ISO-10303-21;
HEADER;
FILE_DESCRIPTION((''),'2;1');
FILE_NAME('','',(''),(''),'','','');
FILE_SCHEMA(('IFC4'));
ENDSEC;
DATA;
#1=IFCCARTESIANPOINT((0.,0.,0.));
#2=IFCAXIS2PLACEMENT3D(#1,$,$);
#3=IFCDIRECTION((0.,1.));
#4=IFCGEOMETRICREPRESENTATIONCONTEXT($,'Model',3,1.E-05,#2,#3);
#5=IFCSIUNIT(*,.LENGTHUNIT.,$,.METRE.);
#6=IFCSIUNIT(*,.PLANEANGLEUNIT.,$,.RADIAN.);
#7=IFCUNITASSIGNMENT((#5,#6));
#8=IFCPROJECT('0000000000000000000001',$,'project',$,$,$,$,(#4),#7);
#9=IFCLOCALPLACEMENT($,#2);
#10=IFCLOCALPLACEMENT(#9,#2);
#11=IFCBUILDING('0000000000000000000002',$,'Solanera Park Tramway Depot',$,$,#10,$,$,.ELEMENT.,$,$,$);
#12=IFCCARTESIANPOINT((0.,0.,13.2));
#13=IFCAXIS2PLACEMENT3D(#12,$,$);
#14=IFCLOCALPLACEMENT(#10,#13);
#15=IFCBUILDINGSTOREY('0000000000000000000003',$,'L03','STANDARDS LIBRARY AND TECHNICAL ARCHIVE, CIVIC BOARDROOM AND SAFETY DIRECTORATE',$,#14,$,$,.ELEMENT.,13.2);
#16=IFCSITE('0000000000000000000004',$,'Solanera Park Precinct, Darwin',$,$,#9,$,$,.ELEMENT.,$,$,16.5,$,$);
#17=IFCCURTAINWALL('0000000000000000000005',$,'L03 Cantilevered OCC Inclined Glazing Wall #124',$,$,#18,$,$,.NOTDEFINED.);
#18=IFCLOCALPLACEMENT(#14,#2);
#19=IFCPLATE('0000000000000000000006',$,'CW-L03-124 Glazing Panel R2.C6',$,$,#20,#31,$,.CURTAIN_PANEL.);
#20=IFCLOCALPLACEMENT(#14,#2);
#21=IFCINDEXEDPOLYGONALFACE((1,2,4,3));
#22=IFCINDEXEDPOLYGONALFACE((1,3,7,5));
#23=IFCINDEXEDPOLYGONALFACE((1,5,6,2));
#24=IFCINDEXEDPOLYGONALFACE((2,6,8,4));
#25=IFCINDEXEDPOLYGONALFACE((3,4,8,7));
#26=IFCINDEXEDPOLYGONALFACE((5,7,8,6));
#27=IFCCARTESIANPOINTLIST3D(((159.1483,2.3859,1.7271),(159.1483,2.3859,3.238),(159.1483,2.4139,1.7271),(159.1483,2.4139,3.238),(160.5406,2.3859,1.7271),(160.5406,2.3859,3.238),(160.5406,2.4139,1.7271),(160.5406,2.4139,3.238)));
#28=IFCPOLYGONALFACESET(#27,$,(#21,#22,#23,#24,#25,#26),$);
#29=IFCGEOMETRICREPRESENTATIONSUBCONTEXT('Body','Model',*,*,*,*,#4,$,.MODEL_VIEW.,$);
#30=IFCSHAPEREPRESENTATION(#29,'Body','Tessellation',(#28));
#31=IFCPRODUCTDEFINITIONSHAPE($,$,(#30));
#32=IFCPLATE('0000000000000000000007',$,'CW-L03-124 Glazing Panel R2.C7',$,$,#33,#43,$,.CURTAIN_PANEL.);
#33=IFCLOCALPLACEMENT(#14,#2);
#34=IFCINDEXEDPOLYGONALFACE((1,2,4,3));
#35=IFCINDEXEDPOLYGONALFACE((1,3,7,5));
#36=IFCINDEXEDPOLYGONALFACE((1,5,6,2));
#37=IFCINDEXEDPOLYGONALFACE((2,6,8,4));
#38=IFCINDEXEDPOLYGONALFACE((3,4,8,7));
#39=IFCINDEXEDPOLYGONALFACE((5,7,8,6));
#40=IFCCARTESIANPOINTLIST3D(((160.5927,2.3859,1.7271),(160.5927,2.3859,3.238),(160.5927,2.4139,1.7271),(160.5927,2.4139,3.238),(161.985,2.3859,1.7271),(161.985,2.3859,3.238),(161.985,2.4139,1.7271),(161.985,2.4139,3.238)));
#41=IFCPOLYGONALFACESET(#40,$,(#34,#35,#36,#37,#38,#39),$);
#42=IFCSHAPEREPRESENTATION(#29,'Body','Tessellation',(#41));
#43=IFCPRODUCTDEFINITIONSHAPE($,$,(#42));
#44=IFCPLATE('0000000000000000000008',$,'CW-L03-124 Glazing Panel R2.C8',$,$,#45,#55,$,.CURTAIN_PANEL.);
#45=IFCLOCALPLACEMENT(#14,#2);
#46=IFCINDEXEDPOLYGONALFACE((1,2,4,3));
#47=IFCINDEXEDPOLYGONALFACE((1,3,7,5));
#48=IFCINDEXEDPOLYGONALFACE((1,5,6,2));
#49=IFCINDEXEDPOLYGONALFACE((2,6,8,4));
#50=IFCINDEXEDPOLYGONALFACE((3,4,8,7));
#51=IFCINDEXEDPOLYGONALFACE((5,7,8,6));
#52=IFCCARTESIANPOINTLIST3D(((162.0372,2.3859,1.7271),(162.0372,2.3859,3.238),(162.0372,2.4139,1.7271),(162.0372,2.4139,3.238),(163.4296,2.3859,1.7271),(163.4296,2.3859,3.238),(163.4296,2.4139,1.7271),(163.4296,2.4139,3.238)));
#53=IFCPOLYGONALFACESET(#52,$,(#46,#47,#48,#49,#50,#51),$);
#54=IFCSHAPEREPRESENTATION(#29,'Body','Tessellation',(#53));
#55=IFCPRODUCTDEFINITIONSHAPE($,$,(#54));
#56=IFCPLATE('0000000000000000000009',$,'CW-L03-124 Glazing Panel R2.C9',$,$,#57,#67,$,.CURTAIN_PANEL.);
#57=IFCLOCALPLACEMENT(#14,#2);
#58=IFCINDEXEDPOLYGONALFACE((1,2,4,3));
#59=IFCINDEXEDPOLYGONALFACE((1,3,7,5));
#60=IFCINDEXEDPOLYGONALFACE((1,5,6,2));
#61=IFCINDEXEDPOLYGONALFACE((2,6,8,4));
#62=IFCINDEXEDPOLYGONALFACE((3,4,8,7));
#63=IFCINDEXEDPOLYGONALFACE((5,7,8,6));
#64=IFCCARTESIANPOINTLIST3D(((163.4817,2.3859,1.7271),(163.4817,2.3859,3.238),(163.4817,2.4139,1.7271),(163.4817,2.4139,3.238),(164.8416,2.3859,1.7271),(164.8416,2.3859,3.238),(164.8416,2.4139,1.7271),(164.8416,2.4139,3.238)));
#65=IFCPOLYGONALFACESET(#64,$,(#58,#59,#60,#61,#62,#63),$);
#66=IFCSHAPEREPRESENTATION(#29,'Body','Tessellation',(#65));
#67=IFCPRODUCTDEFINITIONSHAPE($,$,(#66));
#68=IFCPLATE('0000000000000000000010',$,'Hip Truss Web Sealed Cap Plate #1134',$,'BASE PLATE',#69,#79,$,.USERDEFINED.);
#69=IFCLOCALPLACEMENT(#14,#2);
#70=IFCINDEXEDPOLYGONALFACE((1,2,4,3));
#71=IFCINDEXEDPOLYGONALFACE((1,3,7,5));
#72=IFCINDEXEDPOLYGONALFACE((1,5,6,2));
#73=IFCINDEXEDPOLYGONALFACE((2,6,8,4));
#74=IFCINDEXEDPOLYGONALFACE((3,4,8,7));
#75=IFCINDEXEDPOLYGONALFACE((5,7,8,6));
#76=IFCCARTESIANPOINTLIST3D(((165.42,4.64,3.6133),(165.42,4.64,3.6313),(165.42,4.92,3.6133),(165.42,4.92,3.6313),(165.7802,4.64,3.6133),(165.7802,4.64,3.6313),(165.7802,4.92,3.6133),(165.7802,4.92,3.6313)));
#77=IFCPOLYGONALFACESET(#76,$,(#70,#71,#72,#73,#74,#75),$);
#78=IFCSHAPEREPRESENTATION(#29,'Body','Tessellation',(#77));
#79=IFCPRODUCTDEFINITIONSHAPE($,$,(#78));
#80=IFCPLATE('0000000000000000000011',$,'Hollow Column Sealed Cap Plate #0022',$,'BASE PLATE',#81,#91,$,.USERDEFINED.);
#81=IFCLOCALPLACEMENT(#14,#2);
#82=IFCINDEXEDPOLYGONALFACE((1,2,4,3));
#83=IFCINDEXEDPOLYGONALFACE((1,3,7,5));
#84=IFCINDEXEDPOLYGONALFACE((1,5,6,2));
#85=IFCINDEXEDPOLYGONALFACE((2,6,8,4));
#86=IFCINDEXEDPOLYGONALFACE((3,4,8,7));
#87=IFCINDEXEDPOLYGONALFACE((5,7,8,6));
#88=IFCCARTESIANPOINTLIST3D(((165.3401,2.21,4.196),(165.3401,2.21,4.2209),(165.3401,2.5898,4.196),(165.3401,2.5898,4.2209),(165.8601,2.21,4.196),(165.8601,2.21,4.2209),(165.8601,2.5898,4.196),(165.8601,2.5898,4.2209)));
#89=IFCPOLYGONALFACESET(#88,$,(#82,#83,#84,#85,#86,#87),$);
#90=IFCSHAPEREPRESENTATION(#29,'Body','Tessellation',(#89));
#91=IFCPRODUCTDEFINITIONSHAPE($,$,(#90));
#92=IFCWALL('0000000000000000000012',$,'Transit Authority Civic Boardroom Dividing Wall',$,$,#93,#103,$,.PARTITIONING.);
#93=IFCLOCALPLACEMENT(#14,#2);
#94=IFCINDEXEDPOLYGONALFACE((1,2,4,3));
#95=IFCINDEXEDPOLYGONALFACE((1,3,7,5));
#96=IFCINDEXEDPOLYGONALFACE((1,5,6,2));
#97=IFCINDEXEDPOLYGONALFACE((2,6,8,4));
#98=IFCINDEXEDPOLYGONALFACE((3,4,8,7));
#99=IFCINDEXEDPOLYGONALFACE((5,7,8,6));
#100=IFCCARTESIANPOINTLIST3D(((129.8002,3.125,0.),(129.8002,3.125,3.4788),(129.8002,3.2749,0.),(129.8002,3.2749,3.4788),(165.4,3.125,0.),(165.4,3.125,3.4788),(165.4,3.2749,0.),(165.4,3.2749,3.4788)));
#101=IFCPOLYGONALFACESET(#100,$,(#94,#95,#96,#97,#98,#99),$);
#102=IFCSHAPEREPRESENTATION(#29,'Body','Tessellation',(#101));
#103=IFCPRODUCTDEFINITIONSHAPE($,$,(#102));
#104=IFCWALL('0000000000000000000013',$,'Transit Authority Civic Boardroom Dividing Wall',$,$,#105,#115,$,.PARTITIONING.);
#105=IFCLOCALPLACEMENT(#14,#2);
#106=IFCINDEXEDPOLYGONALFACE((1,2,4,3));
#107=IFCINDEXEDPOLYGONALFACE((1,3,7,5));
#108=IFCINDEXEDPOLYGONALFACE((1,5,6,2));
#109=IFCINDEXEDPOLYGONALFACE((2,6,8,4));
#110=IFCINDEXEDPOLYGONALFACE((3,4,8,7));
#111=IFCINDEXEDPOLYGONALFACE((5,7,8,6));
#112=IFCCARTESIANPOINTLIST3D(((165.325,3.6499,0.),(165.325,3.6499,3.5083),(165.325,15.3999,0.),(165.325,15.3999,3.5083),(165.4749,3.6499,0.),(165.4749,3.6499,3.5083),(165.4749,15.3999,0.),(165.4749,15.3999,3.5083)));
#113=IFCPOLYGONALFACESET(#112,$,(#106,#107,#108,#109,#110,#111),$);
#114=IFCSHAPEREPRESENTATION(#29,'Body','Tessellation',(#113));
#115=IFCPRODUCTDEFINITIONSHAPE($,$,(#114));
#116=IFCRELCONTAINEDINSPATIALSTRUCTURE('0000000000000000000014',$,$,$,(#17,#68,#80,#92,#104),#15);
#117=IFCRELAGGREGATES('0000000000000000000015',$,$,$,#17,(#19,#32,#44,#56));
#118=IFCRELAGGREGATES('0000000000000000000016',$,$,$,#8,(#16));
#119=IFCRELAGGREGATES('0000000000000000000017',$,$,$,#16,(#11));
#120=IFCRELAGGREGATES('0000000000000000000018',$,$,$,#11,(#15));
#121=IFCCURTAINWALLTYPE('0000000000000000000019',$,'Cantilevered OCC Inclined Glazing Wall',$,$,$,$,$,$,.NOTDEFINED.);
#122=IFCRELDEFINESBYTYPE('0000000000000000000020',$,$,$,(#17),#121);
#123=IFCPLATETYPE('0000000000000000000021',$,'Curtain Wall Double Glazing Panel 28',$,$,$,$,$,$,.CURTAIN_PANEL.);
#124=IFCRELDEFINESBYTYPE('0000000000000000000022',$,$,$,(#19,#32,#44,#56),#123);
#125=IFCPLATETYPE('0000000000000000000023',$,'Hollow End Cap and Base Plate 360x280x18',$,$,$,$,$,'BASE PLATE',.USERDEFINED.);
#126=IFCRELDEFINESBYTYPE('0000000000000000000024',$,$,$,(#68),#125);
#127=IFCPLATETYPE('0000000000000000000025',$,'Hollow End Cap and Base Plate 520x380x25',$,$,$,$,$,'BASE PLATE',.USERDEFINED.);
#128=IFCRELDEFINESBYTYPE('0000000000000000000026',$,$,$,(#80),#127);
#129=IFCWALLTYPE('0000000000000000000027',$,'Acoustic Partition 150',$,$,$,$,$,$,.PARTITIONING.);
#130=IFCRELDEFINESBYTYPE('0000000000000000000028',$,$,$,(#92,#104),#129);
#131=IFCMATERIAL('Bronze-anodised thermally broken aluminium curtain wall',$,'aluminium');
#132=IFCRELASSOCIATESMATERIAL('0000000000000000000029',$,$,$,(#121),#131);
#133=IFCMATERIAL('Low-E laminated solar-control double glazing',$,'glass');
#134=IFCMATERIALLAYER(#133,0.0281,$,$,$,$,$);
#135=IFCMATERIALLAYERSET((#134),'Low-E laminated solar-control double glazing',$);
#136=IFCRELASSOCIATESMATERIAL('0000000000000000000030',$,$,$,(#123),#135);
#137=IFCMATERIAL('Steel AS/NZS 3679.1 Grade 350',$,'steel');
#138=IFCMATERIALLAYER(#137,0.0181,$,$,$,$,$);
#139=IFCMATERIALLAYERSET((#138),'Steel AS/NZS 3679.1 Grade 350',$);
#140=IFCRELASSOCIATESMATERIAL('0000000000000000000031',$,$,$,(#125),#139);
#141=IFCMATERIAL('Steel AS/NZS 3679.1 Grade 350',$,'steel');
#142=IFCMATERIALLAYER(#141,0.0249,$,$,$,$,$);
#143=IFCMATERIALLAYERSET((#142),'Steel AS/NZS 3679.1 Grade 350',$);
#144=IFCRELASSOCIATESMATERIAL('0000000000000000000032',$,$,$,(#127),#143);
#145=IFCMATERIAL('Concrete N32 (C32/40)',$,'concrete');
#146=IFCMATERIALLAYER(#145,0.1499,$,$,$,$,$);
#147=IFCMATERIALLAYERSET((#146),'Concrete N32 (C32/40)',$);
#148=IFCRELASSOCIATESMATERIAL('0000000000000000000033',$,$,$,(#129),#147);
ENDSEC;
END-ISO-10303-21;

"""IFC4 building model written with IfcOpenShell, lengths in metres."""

from ifc_helpers import new_model, si_unit, direction, frame, frame_2d, origin, origin_2d, place, context, subcontext, project, spatial, rectangle, extrude, material, layer, layer_set, type_object, element, aggregate, save


model = new_model("IFC4")

# Units and contexts
model_context = context("Model", 3, precision=1e-05, world=origin(), true_north=direction((0.0, 1.0)))
body_context = subcontext(model_context, "Body", "Model", "MODEL_VIEW")
ifc_project = project(units=[si_unit("LENGTHUNIT", "METRE"), si_unit("PLANEANGLEUNIT", "RADIAN")], contexts=[model_context])

# Site, building, storey
site_placement = place(None, origin())
site = spatial("IfcSite", under=ifc_project, at=site_placement, Name="Solanera Park Precinct, Darwin", CompositionType="ELEMENT", RefElevation=16.5)
building_placement = place(site_placement, origin())
building = spatial("IfcBuilding", under=site, at=building_placement, Name="Solanera Park Tramway Depot", CompositionType="ELEMENT")
storey_placement = place(building_placement, frame((0.0, 0.0, 13.2)))
storey = spatial("IfcBuildingStorey", under=building, at=storey_placement, Name="L03", Description="STANDARDS LIBRARY AND TECHNICAL ARCHIVE, CIVIC BOARDROOM AND SAFETY DIRECTORATE", CompositionType="ELEMENT", Elevation=13.2)

# Curtain wall
ifc_material_1 = material(Name="Bronze-anodised thermally broken aluminium curtain wall", Category="aluminium")
curtain_wall_type = type_object("IfcCurtainWallType", Name="Cantilevered OCC Inclined Glazing Wall", PredefinedType="NOTDEFINED", material=ifc_material_1)
curtain_wall_1_placement = place(storey_placement, origin())
curtain_wall_1 = element("IfcCurtainWall", 1, at=curtain_wall_1_placement, inside=storey, type_object=curtain_wall_type, Name="L03 Cantilevered OCC Inclined Glazing Wall #124", PredefinedType="NOTDEFINED")

# Plates
ifc_material_2 = material(Name="Low-E laminated solar-control double glazing", Category="glass")
ifc_layer_1 = layer(ifc_material_2, 0.0281)
ifc_layer_set_1 = layer_set([ifc_layer_1], Name="Low-E laminated solar-control double glazing")
plate_type_1 = type_object("IfcPlateType", Name="Curtain Wall Double Glazing Panel 28", PredefinedType="CURTAIN_PANEL", material=ifc_layer_set_1)
plate_1_placement = place(storey_placement, frame((159.8445, 2.3999, 1.7271), z_axis=(0.0, 0.0, 1.0), x_axis=(1.0, 0.0, 0.0)))
plate_1 = element("IfcPlate", 2, at=plate_1_placement, type_object=plate_type_1, Name="CW-L03-124 Glazing Panel R2.C6", PredefinedType="CURTAIN_PANEL", context=body_context, shape_type="SweptSolid", body=[
    extrude(rectangle(XDim=1.3923, YDim=0.0281, at=origin_2d()), origin(), (0.0, 0.0, 1.0), 1.511),
])
plate_2_placement = place(storey_placement, frame((161.2888, 2.3999, 1.7271), z_axis=(0.0, 0.0, 1.0), x_axis=(1.0, 0.0, 0.0)))
plate_2 = element("IfcPlate", 3, at=plate_2_placement, type_object=plate_type_1, Name="CW-L03-124 Glazing Panel R2.C7", PredefinedType="CURTAIN_PANEL", context=body_context, shape_type="SweptSolid", body=[
    extrude(rectangle(XDim=1.3923, YDim=0.0281, at=origin_2d()), origin(), (0.0, 0.0, 1.0), 1.511),
])
plate_3_placement = place(storey_placement, frame((162.7334, 2.3999, 1.7271), z_axis=(0.0, 0.0, 1.0), x_axis=(1.0, 0.0, 0.0)))
plate_3 = element("IfcPlate", 4, at=plate_3_placement, type_object=plate_type_1, Name="CW-L03-124 Glazing Panel R2.C8", PredefinedType="CURTAIN_PANEL", context=body_context, shape_type="SweptSolid", body=[
    extrude(rectangle(XDim=1.3923, YDim=0.0281, at=origin_2d()), origin(), (0.0, 0.0, 1.0), 1.511),
])
plate_4_placement = place(storey_placement, frame((164.1616, 2.3999, 1.7271), z_axis=(0.0, 0.0, 1.0), x_axis=(1.0, 0.0, 0.0)))
plate_4 = element("IfcPlate", 5, at=plate_4_placement, type_object=plate_type_1, Name="CW-L03-124 Glazing Panel R2.C9", PredefinedType="CURTAIN_PANEL", context=body_context, shape_type="SweptSolid", body=[
    extrude(rectangle(XDim=1.3599, YDim=0.0281, at=origin_2d()), origin(), (0.0, 0.0, 1.0), 1.511),
])
aggregate(curtain_wall_1, [plate_1, plate_2, plate_3, plate_4])

# Plates
ifc_material_3 = material(Name="Steel AS/NZS 3679.1 Grade 350", Category="steel")
ifc_layer_2 = layer(ifc_material_3, 0.0181)
ifc_layer_set_2 = layer_set([ifc_layer_2], Name="Steel AS/NZS 3679.1 Grade 350")
plate_type_2 = type_object("IfcPlateType", Name="Hollow End Cap and Base Plate 360x280x18", ElementType="BASE PLATE", PredefinedType="USERDEFINED", material=ifc_layer_set_2)
plate_5_placement = place(storey_placement, frame((165.6001, 4.78, 3.6133), z_axis=(0.0, 0.0, 1.0), x_axis=(1.0, 0.0, 0.0)))
element("IfcPlate", 6, at=plate_5_placement, inside=storey, type_object=plate_type_2, Name="Hip Truss Web Sealed Cap Plate #1134", ObjectType="BASE PLATE", PredefinedType="USERDEFINED", context=body_context, shape_type="SweptSolid", body=[
    extrude(rectangle(XDim=0.3601, YDim=0.28, at=origin_2d()), origin(), (0.0, 0.0, 1.0), 0.0181),
])
ifc_material_4 = material(Name="Steel AS/NZS 3679.1 Grade 350", Category="steel")
ifc_layer_3 = layer(ifc_material_4, 0.0249)
ifc_layer_set_3 = layer_set([ifc_layer_3], Name="Steel AS/NZS 3679.1 Grade 350")
plate_type_3 = type_object("IfcPlateType", Name="Hollow End Cap and Base Plate 520x380x25", ElementType="BASE PLATE", PredefinedType="USERDEFINED", material=ifc_layer_set_3)
plate_6_placement = place(storey_placement, frame((165.6001, 2.3999, 4.196), z_axis=(0.0, 0.0, 1.0), x_axis=(1.0, 0.0, 0.0)))
element("IfcPlate", 7, at=plate_6_placement, inside=storey, type_object=plate_type_3, Name="Hollow Column Sealed Cap Plate #0022", ObjectType="BASE PLATE", PredefinedType="USERDEFINED", context=body_context, shape_type="SweptSolid", body=[
    extrude(rectangle(XDim=0.52, YDim=0.3799, at=origin_2d()), origin(), (0.0, 0.0, 1.0), 0.0249),
])

# Walls
ifc_material_5 = material(Name="Concrete N32 (C32/40)", Category="concrete")
ifc_layer_4 = layer(ifc_material_5, 0.1499)
ifc_layer_set_4 = layer_set([ifc_layer_4], Name="Concrete N32 (C32/40)")
wall_type = type_object("IfcWallType", Name="Acoustic Partition 150", PredefinedType="PARTITIONING", material=ifc_layer_set_4)
wall_1_placement = place(storey_placement, frame((165.3999, 3.2, 0.0), z_axis=(0.0, 0.0, 1.0), x_axis=(-1.0, 0.0, 0.0)))
element("IfcWall", 8, at=wall_1_placement, inside=storey, type_object=wall_type, Name="Transit Authority Civic Boardroom Dividing Wall", PredefinedType="PARTITIONING", context=body_context, shape_type="SweptSolid", body=[
    extrude(rectangle(XDim=35.5999, YDim=0.1499, at=frame_2d((17.7998, 0.0))), origin(), (0.0, 0.0, 1.0), 3.4788),
])
wall_2_placement = place(storey_placement, frame((165.3999, 3.6499, 0.0), z_axis=(0.0, 0.0, 1.0), x_axis=(0.0, 1.0, 0.0)))
element("IfcWall", 9, at=wall_2_placement, inside=storey, type_object=wall_type, Name="Transit Authority Civic Boardroom Dividing Wall", PredefinedType="PARTITIONING", context=body_context, shape_type="SweptSolid", body=[
    extrude(rectangle(XDim=11.75, YDim=0.1499, at=frame_2d((5.875, 0.0))), origin(), (0.0, 0.0, 1.0), 3.5083),
])

save(model, "model.ifc")
